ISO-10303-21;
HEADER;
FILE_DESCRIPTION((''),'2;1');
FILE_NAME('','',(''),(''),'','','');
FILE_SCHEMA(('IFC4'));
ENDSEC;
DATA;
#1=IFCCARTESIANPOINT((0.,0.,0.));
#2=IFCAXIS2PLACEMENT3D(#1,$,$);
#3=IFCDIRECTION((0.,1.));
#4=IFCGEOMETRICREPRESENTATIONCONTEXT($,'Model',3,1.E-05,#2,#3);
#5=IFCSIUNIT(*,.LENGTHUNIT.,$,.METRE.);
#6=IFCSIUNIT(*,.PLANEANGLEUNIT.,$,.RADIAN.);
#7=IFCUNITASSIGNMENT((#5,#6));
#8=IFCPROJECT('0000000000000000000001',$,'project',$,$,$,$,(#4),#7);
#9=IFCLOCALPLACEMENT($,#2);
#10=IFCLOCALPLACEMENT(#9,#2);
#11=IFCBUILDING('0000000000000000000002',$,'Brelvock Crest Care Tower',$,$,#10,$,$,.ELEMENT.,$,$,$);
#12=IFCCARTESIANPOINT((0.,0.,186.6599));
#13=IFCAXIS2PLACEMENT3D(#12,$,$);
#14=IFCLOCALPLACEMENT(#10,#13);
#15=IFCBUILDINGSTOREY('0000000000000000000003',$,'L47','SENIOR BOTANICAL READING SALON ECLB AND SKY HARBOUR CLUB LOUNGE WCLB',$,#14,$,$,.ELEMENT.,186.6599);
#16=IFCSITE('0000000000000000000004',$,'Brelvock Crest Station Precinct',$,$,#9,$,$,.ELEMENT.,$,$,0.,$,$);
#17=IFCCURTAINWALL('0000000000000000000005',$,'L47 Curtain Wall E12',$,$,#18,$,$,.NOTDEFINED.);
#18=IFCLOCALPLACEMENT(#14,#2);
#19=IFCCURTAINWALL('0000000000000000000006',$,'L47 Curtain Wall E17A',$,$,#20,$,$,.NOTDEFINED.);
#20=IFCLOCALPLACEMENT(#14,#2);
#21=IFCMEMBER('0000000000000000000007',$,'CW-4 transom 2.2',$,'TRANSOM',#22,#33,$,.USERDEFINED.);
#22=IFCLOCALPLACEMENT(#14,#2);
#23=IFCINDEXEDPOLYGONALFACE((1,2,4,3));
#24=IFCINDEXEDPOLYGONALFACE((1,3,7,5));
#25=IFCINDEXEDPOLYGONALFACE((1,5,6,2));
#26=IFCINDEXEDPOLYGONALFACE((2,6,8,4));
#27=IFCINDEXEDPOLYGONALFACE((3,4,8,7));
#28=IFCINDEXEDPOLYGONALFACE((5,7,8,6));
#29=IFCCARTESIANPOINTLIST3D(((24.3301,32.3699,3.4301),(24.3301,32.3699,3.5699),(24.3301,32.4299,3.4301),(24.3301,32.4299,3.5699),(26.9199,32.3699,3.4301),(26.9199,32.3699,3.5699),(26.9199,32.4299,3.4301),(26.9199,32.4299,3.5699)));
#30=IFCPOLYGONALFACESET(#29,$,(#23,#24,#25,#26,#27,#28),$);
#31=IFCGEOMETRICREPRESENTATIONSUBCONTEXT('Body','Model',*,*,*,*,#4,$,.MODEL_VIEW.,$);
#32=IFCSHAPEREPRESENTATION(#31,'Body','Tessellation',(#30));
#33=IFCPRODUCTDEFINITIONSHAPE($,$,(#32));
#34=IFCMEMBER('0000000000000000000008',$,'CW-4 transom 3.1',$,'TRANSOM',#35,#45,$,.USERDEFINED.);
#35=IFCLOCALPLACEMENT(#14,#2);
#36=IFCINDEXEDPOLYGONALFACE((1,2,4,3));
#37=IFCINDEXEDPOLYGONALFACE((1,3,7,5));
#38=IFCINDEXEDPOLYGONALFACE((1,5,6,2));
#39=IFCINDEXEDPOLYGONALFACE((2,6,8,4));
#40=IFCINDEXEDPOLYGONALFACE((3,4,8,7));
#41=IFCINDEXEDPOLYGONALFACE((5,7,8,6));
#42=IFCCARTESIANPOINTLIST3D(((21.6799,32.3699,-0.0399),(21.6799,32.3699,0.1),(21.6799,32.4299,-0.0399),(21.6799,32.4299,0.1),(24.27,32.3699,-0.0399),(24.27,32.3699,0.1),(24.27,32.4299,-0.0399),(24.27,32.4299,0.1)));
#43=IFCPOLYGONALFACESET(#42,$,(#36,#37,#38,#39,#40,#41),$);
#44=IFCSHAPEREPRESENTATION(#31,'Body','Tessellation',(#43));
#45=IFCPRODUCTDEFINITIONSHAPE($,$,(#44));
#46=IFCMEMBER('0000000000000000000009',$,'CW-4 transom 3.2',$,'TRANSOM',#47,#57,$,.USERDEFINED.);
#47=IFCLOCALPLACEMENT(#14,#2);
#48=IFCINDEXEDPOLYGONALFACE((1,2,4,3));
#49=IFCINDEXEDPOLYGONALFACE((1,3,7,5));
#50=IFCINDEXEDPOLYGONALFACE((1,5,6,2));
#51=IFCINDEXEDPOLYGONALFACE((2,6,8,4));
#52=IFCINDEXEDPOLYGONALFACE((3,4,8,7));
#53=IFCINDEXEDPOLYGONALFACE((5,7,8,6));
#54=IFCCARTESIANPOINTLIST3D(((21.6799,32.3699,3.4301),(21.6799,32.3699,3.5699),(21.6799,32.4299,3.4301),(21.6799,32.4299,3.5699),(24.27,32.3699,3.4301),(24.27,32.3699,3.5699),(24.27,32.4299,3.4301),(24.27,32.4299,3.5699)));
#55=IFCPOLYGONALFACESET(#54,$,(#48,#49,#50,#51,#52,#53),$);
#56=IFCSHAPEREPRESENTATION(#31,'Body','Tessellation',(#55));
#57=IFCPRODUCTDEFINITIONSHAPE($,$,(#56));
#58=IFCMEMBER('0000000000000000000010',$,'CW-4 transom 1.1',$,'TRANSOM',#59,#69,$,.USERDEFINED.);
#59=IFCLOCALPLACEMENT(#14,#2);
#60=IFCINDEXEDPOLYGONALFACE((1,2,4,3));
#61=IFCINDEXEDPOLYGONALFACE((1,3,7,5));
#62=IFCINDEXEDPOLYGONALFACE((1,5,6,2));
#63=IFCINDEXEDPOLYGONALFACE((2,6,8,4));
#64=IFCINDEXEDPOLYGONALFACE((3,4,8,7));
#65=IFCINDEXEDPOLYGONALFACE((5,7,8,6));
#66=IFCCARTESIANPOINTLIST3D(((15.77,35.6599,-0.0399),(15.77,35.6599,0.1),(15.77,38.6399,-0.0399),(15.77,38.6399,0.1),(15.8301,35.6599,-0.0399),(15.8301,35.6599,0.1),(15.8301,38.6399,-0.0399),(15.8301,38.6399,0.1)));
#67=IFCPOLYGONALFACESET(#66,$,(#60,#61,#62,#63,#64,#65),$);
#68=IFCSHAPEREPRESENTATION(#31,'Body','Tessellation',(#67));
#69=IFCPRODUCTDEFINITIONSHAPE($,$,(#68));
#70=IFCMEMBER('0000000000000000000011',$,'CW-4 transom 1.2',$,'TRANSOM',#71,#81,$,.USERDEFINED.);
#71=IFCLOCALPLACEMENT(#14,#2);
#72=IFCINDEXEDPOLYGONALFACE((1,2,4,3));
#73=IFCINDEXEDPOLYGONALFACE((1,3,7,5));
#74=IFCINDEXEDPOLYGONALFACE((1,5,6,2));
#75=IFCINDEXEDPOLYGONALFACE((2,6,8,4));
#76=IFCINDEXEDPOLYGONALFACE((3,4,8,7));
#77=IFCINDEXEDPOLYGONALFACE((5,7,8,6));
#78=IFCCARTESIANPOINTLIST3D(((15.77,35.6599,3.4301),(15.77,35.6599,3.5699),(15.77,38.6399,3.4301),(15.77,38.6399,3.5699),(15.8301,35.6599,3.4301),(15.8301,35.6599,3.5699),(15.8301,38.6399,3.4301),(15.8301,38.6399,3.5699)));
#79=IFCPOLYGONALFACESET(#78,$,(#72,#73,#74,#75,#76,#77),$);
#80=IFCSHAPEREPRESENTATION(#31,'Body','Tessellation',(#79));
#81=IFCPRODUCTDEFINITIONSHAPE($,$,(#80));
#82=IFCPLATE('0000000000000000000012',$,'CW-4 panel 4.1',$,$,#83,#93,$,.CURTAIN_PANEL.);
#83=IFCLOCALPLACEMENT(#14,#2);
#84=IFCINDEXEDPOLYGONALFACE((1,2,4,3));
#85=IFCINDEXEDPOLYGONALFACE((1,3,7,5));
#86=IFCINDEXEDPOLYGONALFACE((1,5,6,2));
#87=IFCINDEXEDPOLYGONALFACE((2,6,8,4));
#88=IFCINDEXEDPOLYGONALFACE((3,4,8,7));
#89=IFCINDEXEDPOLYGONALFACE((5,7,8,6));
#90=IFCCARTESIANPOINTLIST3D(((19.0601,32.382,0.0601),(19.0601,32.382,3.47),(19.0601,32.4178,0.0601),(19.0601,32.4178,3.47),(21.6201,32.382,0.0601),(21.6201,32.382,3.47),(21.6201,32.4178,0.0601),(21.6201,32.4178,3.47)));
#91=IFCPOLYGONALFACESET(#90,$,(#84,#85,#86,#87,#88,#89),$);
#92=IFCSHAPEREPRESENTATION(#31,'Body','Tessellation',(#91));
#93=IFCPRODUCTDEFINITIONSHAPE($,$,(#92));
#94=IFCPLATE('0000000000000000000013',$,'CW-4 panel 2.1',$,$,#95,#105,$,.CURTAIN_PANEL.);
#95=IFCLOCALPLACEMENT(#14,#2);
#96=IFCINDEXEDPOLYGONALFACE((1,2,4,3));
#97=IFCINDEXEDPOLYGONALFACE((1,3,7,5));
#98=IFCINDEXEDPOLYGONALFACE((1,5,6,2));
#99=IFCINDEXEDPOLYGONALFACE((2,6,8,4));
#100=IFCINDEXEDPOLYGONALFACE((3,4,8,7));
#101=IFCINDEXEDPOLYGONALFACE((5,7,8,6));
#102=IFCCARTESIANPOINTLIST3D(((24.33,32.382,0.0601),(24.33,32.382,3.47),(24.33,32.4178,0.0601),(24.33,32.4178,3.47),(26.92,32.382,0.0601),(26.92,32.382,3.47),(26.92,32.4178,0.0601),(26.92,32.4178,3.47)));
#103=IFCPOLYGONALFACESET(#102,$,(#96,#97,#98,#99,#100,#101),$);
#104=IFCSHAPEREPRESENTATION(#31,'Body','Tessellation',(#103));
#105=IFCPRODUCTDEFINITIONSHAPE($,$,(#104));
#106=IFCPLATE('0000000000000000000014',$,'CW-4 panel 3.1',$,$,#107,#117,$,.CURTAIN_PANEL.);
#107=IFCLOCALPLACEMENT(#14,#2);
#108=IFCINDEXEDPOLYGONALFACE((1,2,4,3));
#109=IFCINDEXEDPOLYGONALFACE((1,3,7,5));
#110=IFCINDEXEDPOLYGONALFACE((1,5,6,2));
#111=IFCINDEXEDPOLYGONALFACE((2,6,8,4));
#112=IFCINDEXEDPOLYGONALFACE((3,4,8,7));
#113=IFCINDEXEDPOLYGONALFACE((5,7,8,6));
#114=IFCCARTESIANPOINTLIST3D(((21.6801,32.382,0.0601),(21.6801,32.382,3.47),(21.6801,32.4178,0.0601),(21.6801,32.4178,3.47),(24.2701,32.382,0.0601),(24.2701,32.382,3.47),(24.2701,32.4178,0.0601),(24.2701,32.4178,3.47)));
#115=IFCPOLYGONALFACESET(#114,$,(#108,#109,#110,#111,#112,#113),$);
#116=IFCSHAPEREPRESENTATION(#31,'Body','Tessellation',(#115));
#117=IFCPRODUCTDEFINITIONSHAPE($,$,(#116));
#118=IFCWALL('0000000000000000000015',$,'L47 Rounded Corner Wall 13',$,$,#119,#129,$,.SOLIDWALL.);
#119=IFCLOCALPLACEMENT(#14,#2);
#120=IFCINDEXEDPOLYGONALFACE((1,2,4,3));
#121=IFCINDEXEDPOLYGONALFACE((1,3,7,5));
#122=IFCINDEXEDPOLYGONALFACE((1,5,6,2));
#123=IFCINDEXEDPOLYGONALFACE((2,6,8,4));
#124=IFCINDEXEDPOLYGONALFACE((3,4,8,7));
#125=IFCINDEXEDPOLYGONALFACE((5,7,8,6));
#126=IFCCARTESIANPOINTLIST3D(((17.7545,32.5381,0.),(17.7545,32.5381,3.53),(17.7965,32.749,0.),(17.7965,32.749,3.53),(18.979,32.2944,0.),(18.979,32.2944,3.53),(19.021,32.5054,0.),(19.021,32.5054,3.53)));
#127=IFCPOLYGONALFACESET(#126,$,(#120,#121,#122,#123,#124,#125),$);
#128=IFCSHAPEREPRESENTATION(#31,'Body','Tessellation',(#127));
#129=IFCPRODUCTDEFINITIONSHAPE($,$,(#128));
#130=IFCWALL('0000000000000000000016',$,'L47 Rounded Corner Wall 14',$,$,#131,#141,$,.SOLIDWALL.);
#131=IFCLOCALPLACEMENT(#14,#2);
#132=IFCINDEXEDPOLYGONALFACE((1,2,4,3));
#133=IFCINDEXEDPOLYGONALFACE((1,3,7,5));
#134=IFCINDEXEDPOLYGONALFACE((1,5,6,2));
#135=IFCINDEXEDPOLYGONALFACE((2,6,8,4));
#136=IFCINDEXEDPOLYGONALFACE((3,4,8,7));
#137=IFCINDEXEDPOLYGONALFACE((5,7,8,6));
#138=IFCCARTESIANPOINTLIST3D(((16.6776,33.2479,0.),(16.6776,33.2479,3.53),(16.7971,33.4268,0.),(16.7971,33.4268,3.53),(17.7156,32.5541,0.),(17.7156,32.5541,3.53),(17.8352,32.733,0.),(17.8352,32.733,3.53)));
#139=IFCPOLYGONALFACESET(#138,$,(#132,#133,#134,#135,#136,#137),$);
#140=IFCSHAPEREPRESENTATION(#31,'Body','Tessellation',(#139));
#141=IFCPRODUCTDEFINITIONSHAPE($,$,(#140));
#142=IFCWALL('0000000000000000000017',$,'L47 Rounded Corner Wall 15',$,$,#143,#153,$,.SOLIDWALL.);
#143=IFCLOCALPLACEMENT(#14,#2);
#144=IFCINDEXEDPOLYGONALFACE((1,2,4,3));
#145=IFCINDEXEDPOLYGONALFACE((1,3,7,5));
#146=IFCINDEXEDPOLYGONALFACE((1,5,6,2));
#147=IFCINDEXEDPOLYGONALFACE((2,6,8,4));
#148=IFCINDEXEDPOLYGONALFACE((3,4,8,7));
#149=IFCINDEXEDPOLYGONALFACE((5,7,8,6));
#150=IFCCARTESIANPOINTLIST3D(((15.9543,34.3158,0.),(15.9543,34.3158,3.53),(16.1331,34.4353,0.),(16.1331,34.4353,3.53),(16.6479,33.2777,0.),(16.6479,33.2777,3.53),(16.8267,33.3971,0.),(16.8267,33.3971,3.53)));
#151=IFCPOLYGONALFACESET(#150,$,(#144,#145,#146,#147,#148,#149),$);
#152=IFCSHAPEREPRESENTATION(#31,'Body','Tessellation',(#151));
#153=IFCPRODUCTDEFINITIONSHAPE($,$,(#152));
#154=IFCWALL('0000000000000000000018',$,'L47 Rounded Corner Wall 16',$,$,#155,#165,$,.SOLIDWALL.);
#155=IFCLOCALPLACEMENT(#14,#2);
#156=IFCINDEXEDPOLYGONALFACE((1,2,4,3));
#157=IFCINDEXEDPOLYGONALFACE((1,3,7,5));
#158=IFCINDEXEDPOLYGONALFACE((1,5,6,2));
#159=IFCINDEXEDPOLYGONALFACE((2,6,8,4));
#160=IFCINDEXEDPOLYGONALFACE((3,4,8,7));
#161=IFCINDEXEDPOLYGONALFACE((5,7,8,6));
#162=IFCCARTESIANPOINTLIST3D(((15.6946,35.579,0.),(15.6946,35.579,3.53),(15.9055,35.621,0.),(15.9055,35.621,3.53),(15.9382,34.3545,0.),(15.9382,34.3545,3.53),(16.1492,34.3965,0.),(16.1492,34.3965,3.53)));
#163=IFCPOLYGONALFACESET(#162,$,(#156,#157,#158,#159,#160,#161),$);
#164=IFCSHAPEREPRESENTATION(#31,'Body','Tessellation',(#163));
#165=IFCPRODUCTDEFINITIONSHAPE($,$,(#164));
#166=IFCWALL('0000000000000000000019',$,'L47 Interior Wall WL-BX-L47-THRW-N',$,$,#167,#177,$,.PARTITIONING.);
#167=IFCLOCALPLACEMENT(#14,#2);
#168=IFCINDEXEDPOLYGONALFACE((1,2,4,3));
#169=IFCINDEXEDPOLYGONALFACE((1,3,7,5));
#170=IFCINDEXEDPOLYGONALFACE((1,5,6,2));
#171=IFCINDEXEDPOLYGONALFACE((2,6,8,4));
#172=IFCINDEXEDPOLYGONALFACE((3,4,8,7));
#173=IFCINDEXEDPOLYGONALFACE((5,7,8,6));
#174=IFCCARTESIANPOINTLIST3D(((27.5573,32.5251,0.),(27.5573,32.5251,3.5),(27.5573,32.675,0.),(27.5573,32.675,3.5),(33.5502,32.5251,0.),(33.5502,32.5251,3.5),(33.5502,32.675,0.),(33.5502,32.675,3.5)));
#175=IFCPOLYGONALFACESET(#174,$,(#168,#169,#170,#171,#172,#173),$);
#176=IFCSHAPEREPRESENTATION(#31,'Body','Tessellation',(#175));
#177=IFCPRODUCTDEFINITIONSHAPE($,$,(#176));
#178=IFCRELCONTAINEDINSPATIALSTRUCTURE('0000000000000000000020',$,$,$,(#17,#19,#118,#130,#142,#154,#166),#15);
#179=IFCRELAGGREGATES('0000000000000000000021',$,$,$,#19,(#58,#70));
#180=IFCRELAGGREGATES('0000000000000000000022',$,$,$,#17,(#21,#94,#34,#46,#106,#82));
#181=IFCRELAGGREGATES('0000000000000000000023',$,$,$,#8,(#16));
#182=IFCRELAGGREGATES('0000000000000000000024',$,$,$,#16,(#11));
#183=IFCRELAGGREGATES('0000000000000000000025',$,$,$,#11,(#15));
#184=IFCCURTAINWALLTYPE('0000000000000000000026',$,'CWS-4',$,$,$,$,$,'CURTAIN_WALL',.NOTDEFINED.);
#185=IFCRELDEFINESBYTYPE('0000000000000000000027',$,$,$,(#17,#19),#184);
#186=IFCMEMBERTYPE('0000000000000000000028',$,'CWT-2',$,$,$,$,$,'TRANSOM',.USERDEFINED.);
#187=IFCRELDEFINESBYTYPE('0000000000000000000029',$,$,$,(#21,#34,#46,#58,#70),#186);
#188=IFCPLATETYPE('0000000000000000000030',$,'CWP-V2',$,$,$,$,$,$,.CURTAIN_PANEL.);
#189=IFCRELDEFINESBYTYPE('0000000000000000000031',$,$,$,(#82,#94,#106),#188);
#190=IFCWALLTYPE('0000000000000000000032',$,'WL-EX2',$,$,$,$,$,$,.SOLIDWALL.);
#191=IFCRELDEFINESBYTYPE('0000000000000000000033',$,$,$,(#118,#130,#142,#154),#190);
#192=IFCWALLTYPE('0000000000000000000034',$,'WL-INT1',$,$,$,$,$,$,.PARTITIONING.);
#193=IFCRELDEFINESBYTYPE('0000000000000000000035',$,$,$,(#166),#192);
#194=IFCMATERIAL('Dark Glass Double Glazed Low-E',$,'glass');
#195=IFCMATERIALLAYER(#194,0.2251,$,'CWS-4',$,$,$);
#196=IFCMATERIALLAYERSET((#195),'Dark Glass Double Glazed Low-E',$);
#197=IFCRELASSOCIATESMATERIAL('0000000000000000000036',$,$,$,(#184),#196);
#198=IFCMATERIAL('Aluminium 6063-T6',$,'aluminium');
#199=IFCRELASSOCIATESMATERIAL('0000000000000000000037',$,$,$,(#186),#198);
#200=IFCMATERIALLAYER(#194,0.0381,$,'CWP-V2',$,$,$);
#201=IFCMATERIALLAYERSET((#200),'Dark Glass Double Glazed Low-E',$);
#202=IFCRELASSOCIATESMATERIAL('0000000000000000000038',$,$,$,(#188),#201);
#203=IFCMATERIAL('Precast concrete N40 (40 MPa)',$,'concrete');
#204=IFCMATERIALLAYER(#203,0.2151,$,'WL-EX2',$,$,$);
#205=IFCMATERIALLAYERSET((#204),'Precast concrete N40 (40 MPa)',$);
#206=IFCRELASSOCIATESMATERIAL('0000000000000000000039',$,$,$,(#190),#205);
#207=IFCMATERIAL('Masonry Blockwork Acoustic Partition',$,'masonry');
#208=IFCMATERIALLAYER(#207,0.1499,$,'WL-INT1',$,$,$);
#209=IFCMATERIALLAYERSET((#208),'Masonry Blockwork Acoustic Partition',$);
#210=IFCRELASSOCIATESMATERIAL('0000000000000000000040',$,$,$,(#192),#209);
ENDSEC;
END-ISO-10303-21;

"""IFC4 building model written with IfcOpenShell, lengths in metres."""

from ifc_helpers import new_model, si_unit, direction, frame, frame_2d, origin, origin_2d, place, context, subcontext, project, spatial, rectangle, extrude, source, transform, mapped, material, layer, layer_set, material_profile, profile_set, type_object, element, aggregate, save


model = new_model("IFC4")

# Units and contexts
model_context = context("Model", 3, precision=1e-05, world=origin(), true_north=direction((0.0, 1.0)))
body_context = subcontext(model_context, "Body", "Model", "MODEL_VIEW")
ifc_project = project(units=[si_unit("LENGTHUNIT", "METRE"), si_unit("PLANEANGLEUNIT", "RADIAN")], contexts=[model_context])

# Site, building, storey
site_placement = place(None, origin())
site = spatial("IfcSite", under=ifc_project, at=site_placement, Name="Brelvock Crest Station Precinct", CompositionType="ELEMENT", RefElevation=0.0)
building_placement = place(site_placement, origin())
building = spatial("IfcBuilding", under=site, at=building_placement, Name="Brelvock Crest Care Tower", CompositionType="ELEMENT")
storey_placement = place(building_placement, frame((0.0, 0.0, 186.6599)))
storey = spatial("IfcBuildingStorey", under=building, at=storey_placement, Name="L47", Description="SENIOR BOTANICAL READING SALON ECLB AND SKY HARBOUR CLUB LOUNGE WCLB", CompositionType="ELEMENT", Elevation=186.6599)

# Curtain wall
ifc_material_1 = material(Name="Dark Glass Double Glazed Low-E", Category="glass")
ifc_layer_1 = layer(ifc_material_1, 0.2251, Name="CWS-4")
ifc_layer_set_1 = layer_set([ifc_layer_1], Name="Dark Glass Double Glazed Low-E")
curtain_wall_type = type_object("IfcCurtainWallType", Name="CWS-4", ElementType="CURTAIN_WALL", PredefinedType="NOTDEFINED", material=ifc_layer_set_1)
curtain_wall_1_placement = place(storey_placement, origin())
curtain_wall_1 = element("IfcCurtainWall", 1, at=curtain_wall_1_placement, inside=storey, type_object=curtain_wall_type, Name="L47 Curtain Wall E12", PredefinedType="NOTDEFINED")
ifc_material_2 = material(Name="Aluminium 6063-T6", Category="aluminium")

# Curtain wall
curtain_wall_2_placement = place(storey_placement, origin())
curtain_wall_2 = element("IfcCurtainWall", 2, at=curtain_wall_2_placement, inside=storey, type_object=curtain_wall_type, Name="L47 Curtain Wall E17A", PredefinedType="NOTDEFINED")

# Members
ifc_material_profile_1 = material_profile(ifc_material_2, rectangle(XDim=0.0601, YDim=0.1399, at=origin_2d()), Name="ALU60x140")
ifc_profile_set_1 = profile_set([ifc_material_profile_1], Name="Aluminium 6063-T6")
member_type_1 = type_object("IfcMemberType", Name="CWT-2", ElementType="TRANSOM", PredefinedType="USERDEFINED", material=ifc_profile_set_1)
shared_shape_1 = source(origin(), body_context, "Body", "SweptSolid", [
    extrude(rectangle(XDim=0.0601, YDim=0.1399, at=origin_2d()), origin(), (0.0, 0.0, 1.0), 2.5898),
])
member_1_placement = place(storey_placement, frame((26.9199, 32.3999, 3.5), z_axis=(-1.0, 0.0, 0.0), x_axis=(0.0, -1.0, 0.0)))
member_1 = element("IfcMember", 3, at=member_1_placement, type_object=member_type_1, Name="CW-4 transom 2.2", ObjectType="TRANSOM", PredefinedType="USERDEFINED", context=body_context, shape_type="MappedRepresentation", body=[
    mapped(shared_shape_1, transform((0.0, 0.0, 0.0), x_axis=(1.0, 0.0, 0.0), y_axis=(0.0, 1.0, 0.0), z_axis=(0.0, 0.0, 1.0), scale=1.0)),
])
shared_shape_2 = source(origin(), body_context, "Body", "SweptSolid", [
    extrude(rectangle(XDim=0.0601, YDim=0.1399, at=origin_2d()), origin(), (0.0, 0.0, 1.0), 2.5901),
])
member_2_placement = place(storey_placement, frame((24.27, 32.3999, 0.03), z_axis=(-1.0, 0.0, 0.0), x_axis=(0.0, -1.0, 0.0)))
member_2 = element("IfcMember", 4, at=member_2_placement, type_object=member_type_1, Name="CW-4 transom 3.1", ObjectType="TRANSOM", PredefinedType="USERDEFINED", context=body_context, shape_type="MappedRepresentation", body=[
    mapped(shared_shape_2, transform((0.0, 0.0, 0.0), x_axis=(1.0, 0.0, 0.0), y_axis=(0.0, 1.0, 0.0), z_axis=(0.0, 0.0, 1.0), scale=1.0)),
])
member_3_placement = place(storey_placement, frame((24.27, 32.3999, 3.5), z_axis=(-1.0, 0.0, 0.0), x_axis=(0.0, -1.0, 0.0)))
member_3 = element("IfcMember", 5, at=member_3_placement, type_object=member_type_1, Name="CW-4 transom 3.2", ObjectType="TRANSOM", PredefinedType="USERDEFINED", context=body_context, shape_type="MappedRepresentation", body=[
    mapped(shared_shape_2, transform((0.0, 0.0, 0.0), x_axis=(1.0, 0.0, 0.0), y_axis=(0.0, 1.0, 0.0), z_axis=(0.0, 0.0, 1.0), scale=1.0)),
])
shared_shape_3 = source(origin(), body_context, "Body", "SweptSolid", [
    extrude(rectangle(XDim=0.0601, YDim=0.1399, at=origin_2d()), origin(), (0.0, 0.0, 1.0), 2.98),
])
member_4_placement = place(storey_placement, frame((15.8, 35.6599, 0.03), z_axis=(0.0, 1.0, 0.0), x_axis=(-1.0, 0.0, 0.0)))
member_4 = element("IfcMember", 6, at=member_4_placement, type_object=member_type_1, Name="CW-4 transom 1.1", ObjectType="TRANSOM", PredefinedType="USERDEFINED", context=body_context, shape_type="MappedRepresentation", body=[
    mapped(shared_shape_3, transform((0.0, 0.0, 0.0), x_axis=(1.0, 0.0, 0.0), y_axis=(0.0, 1.0, 0.0), z_axis=(0.0, 0.0, 1.0), scale=1.0)),
])
member_5_placement = place(storey_placement, frame((15.8, 35.6599, 3.5), z_axis=(0.0, 1.0, 0.0), x_axis=(-1.0, 0.0, 0.0)))
member_5 = element("IfcMember", 7, at=member_5_placement, type_object=member_type_1, Name="CW-4 transom 1.2", ObjectType="TRANSOM", PredefinedType="USERDEFINED", context=body_context, shape_type="MappedRepresentation", body=[
    mapped(shared_shape_3, transform((0.0, 0.0, 0.0), x_axis=(1.0, 0.0, 0.0), y_axis=(0.0, 1.0, 0.0), z_axis=(0.0, 0.0, 1.0), scale=1.0)),
])
aggregate(curtain_wall_2, [member_4, member_5])

# Plates
ifc_layer_2 = layer(ifc_material_1, 0.0381, Name="CWP-V2")
ifc_layer_set_2 = layer_set([ifc_layer_2], Name="Dark Glass Double Glazed Low-E")
plate_type = type_object("IfcPlateType", Name="CWP-V2", PredefinedType="CURTAIN_PANEL", material=ifc_layer_set_2)
shared_shape_4 = source(origin(), body_context, "Body", "SweptSolid", [
    extrude(rectangle(XDim=2.5601, YDim=0.0359, at=origin_2d()), origin(), (0.0, 0.0, 1.0), 3.4099),
])
plate_1_placement = place(storey_placement, frame((20.3401, 32.3999, 0.0601), z_axis=(0.0, 0.0, 1.0), x_axis=(-1.0, 0.0, 0.0)))
plate_1 = element("IfcPlate", 8, at=plate_1_placement, type_object=plate_type, Name="CW-4 panel 4.1", PredefinedType="CURTAIN_PANEL", context=body_context, shape_type="MappedRepresentation", body=[
    mapped(shared_shape_4, transform((0.0, 0.0, 0.0), x_axis=(1.0, 0.0, 0.0), y_axis=(0.0, 1.0, 0.0), z_axis=(0.0, 0.0, 1.0), scale=1.0)),
])
shared_shape_5 = source(origin(), body_context, "Body", "SweptSolid", [
    extrude(rectangle(XDim=2.5901, YDim=0.0359, at=origin_2d()), origin(), (0.0, 0.0, 1.0), 3.4099),
])
plate_2_placement = place(storey_placement, frame((25.625, 32.3999, 0.0601), z_axis=(0.0, 0.0, 1.0), x_axis=(-1.0, 0.0, 0.0)))
plate_2 = element("IfcPlate", 9, at=plate_2_placement, type_object=plate_type, Name="CW-4 panel 2.1", PredefinedType="CURTAIN_PANEL", context=body_context, shape_type="MappedRepresentation", body=[
    mapped(shared_shape_5, transform((0.0, 0.0, 0.0), x_axis=(1.0, 0.0, 0.0), y_axis=(0.0, 1.0, 0.0), z_axis=(0.0, 0.0, 1.0), scale=1.0)),
])
plate_3_placement = place(storey_placement, frame((22.9751, 32.3999, 0.0601), z_axis=(0.0, 0.0, 1.0), x_axis=(-1.0, 0.0, 0.0)))
plate_3 = element("IfcPlate", 10, at=plate_3_placement, type_object=plate_type, Name="CW-4 panel 3.1", PredefinedType="CURTAIN_PANEL", context=body_context, shape_type="MappedRepresentation", body=[
    mapped(shared_shape_5, transform((0.0, 0.0, 0.0), x_axis=(1.0, 0.0, 0.0), y_axis=(0.0, 1.0, 0.0), z_axis=(0.0, 0.0, 1.0), scale=1.0)),
])
aggregate(curtain_wall_1, [member_1, plate_2, member_2, member_3, plate_3, plate_1])

# Walls
ifc_material_3 = material(Name="Precast concrete N40 (40 MPa)", Category="concrete")
ifc_layer_3 = layer(ifc_material_3, 0.2151, Name="WL-EX2")
ifc_layer_set_3 = layer_set([ifc_layer_3], Name="Precast concrete N40 (40 MPa)")
wall_type_1 = type_object("IfcWallType", Name="WL-EX2", PredefinedType="SOLIDWALL", material=ifc_layer_set_3)
for number, where, z_axis, x_axis, name in (
    (11, (19.0, 32.3999, 0.0), (0.0, 0.0, 1.0), (-0.980776, 0.195138, 0.0), "L47 Rounded Corner Wall 13"),
    (12, (17.7754, 32.6436, 0.0), (0.0, 0.0, 1.0), (-0.831388, 0.555692, 0.0), "L47 Rounded Corner Wall 14"),
    (13, (16.7373, 33.3374, 0.0), (0.0, 0.0, 1.0), (-0.555557, 0.831478, 0.0), "L47 Rounded Corner Wall 15"),
    (14, (16.0437, 34.3755, 0.0), (0.0, 0.0, 1.0), (-0.195138, 0.980776, 0.0), "L47 Rounded Corner Wall 16"),
):
    element("IfcWall", number, at=place(storey_placement, frame(where, z_axis=z_axis, x_axis=x_axis)), inside=storey, type_object=wall_type_1, Name=name, PredefinedType="SOLIDWALL", context=body_context, shape_type="SweptSolid", body=[
        extrude(rectangle(XDim=1.2485, YDim=0.2151, at=frame_2d((0.6243, 0.0))), origin(), (0.0, 0.0, 1.0), 3.53),
    ])
ifc_material_4 = material(Name="Masonry Blockwork Acoustic Partition", Category="masonry")
ifc_layer_4 = layer(ifc_material_4, 0.1499, Name="WL-INT1")
ifc_layer_set_4 = layer_set([ifc_layer_4], Name="Masonry Blockwork Acoustic Partition")
wall_type_2 = type_object("IfcWallType", Name="WL-INT1", PredefinedType="PARTITIONING", material=ifc_layer_set_4)
wall_placement = place(storey_placement, frame((27.5571, 32.6001, 0.0), z_axis=(0.0, 0.0, 1.0), x_axis=(1.0, 0.0, 0.0)))
element("IfcWall", 15, at=wall_placement, inside=storey, type_object=wall_type_2, Name="L47 Interior Wall WL-BX-L47-THRW-N", PredefinedType="PARTITIONING", context=body_context, shape_type="SweptSolid", body=[
    extrude(rectangle(XDim=5.9929, YDim=0.1499, at=frame_2d((2.9966, 0.0))), origin(), (0.0, 0.0, 1.0), 3.5),
])

save(model, "model.ifc")
